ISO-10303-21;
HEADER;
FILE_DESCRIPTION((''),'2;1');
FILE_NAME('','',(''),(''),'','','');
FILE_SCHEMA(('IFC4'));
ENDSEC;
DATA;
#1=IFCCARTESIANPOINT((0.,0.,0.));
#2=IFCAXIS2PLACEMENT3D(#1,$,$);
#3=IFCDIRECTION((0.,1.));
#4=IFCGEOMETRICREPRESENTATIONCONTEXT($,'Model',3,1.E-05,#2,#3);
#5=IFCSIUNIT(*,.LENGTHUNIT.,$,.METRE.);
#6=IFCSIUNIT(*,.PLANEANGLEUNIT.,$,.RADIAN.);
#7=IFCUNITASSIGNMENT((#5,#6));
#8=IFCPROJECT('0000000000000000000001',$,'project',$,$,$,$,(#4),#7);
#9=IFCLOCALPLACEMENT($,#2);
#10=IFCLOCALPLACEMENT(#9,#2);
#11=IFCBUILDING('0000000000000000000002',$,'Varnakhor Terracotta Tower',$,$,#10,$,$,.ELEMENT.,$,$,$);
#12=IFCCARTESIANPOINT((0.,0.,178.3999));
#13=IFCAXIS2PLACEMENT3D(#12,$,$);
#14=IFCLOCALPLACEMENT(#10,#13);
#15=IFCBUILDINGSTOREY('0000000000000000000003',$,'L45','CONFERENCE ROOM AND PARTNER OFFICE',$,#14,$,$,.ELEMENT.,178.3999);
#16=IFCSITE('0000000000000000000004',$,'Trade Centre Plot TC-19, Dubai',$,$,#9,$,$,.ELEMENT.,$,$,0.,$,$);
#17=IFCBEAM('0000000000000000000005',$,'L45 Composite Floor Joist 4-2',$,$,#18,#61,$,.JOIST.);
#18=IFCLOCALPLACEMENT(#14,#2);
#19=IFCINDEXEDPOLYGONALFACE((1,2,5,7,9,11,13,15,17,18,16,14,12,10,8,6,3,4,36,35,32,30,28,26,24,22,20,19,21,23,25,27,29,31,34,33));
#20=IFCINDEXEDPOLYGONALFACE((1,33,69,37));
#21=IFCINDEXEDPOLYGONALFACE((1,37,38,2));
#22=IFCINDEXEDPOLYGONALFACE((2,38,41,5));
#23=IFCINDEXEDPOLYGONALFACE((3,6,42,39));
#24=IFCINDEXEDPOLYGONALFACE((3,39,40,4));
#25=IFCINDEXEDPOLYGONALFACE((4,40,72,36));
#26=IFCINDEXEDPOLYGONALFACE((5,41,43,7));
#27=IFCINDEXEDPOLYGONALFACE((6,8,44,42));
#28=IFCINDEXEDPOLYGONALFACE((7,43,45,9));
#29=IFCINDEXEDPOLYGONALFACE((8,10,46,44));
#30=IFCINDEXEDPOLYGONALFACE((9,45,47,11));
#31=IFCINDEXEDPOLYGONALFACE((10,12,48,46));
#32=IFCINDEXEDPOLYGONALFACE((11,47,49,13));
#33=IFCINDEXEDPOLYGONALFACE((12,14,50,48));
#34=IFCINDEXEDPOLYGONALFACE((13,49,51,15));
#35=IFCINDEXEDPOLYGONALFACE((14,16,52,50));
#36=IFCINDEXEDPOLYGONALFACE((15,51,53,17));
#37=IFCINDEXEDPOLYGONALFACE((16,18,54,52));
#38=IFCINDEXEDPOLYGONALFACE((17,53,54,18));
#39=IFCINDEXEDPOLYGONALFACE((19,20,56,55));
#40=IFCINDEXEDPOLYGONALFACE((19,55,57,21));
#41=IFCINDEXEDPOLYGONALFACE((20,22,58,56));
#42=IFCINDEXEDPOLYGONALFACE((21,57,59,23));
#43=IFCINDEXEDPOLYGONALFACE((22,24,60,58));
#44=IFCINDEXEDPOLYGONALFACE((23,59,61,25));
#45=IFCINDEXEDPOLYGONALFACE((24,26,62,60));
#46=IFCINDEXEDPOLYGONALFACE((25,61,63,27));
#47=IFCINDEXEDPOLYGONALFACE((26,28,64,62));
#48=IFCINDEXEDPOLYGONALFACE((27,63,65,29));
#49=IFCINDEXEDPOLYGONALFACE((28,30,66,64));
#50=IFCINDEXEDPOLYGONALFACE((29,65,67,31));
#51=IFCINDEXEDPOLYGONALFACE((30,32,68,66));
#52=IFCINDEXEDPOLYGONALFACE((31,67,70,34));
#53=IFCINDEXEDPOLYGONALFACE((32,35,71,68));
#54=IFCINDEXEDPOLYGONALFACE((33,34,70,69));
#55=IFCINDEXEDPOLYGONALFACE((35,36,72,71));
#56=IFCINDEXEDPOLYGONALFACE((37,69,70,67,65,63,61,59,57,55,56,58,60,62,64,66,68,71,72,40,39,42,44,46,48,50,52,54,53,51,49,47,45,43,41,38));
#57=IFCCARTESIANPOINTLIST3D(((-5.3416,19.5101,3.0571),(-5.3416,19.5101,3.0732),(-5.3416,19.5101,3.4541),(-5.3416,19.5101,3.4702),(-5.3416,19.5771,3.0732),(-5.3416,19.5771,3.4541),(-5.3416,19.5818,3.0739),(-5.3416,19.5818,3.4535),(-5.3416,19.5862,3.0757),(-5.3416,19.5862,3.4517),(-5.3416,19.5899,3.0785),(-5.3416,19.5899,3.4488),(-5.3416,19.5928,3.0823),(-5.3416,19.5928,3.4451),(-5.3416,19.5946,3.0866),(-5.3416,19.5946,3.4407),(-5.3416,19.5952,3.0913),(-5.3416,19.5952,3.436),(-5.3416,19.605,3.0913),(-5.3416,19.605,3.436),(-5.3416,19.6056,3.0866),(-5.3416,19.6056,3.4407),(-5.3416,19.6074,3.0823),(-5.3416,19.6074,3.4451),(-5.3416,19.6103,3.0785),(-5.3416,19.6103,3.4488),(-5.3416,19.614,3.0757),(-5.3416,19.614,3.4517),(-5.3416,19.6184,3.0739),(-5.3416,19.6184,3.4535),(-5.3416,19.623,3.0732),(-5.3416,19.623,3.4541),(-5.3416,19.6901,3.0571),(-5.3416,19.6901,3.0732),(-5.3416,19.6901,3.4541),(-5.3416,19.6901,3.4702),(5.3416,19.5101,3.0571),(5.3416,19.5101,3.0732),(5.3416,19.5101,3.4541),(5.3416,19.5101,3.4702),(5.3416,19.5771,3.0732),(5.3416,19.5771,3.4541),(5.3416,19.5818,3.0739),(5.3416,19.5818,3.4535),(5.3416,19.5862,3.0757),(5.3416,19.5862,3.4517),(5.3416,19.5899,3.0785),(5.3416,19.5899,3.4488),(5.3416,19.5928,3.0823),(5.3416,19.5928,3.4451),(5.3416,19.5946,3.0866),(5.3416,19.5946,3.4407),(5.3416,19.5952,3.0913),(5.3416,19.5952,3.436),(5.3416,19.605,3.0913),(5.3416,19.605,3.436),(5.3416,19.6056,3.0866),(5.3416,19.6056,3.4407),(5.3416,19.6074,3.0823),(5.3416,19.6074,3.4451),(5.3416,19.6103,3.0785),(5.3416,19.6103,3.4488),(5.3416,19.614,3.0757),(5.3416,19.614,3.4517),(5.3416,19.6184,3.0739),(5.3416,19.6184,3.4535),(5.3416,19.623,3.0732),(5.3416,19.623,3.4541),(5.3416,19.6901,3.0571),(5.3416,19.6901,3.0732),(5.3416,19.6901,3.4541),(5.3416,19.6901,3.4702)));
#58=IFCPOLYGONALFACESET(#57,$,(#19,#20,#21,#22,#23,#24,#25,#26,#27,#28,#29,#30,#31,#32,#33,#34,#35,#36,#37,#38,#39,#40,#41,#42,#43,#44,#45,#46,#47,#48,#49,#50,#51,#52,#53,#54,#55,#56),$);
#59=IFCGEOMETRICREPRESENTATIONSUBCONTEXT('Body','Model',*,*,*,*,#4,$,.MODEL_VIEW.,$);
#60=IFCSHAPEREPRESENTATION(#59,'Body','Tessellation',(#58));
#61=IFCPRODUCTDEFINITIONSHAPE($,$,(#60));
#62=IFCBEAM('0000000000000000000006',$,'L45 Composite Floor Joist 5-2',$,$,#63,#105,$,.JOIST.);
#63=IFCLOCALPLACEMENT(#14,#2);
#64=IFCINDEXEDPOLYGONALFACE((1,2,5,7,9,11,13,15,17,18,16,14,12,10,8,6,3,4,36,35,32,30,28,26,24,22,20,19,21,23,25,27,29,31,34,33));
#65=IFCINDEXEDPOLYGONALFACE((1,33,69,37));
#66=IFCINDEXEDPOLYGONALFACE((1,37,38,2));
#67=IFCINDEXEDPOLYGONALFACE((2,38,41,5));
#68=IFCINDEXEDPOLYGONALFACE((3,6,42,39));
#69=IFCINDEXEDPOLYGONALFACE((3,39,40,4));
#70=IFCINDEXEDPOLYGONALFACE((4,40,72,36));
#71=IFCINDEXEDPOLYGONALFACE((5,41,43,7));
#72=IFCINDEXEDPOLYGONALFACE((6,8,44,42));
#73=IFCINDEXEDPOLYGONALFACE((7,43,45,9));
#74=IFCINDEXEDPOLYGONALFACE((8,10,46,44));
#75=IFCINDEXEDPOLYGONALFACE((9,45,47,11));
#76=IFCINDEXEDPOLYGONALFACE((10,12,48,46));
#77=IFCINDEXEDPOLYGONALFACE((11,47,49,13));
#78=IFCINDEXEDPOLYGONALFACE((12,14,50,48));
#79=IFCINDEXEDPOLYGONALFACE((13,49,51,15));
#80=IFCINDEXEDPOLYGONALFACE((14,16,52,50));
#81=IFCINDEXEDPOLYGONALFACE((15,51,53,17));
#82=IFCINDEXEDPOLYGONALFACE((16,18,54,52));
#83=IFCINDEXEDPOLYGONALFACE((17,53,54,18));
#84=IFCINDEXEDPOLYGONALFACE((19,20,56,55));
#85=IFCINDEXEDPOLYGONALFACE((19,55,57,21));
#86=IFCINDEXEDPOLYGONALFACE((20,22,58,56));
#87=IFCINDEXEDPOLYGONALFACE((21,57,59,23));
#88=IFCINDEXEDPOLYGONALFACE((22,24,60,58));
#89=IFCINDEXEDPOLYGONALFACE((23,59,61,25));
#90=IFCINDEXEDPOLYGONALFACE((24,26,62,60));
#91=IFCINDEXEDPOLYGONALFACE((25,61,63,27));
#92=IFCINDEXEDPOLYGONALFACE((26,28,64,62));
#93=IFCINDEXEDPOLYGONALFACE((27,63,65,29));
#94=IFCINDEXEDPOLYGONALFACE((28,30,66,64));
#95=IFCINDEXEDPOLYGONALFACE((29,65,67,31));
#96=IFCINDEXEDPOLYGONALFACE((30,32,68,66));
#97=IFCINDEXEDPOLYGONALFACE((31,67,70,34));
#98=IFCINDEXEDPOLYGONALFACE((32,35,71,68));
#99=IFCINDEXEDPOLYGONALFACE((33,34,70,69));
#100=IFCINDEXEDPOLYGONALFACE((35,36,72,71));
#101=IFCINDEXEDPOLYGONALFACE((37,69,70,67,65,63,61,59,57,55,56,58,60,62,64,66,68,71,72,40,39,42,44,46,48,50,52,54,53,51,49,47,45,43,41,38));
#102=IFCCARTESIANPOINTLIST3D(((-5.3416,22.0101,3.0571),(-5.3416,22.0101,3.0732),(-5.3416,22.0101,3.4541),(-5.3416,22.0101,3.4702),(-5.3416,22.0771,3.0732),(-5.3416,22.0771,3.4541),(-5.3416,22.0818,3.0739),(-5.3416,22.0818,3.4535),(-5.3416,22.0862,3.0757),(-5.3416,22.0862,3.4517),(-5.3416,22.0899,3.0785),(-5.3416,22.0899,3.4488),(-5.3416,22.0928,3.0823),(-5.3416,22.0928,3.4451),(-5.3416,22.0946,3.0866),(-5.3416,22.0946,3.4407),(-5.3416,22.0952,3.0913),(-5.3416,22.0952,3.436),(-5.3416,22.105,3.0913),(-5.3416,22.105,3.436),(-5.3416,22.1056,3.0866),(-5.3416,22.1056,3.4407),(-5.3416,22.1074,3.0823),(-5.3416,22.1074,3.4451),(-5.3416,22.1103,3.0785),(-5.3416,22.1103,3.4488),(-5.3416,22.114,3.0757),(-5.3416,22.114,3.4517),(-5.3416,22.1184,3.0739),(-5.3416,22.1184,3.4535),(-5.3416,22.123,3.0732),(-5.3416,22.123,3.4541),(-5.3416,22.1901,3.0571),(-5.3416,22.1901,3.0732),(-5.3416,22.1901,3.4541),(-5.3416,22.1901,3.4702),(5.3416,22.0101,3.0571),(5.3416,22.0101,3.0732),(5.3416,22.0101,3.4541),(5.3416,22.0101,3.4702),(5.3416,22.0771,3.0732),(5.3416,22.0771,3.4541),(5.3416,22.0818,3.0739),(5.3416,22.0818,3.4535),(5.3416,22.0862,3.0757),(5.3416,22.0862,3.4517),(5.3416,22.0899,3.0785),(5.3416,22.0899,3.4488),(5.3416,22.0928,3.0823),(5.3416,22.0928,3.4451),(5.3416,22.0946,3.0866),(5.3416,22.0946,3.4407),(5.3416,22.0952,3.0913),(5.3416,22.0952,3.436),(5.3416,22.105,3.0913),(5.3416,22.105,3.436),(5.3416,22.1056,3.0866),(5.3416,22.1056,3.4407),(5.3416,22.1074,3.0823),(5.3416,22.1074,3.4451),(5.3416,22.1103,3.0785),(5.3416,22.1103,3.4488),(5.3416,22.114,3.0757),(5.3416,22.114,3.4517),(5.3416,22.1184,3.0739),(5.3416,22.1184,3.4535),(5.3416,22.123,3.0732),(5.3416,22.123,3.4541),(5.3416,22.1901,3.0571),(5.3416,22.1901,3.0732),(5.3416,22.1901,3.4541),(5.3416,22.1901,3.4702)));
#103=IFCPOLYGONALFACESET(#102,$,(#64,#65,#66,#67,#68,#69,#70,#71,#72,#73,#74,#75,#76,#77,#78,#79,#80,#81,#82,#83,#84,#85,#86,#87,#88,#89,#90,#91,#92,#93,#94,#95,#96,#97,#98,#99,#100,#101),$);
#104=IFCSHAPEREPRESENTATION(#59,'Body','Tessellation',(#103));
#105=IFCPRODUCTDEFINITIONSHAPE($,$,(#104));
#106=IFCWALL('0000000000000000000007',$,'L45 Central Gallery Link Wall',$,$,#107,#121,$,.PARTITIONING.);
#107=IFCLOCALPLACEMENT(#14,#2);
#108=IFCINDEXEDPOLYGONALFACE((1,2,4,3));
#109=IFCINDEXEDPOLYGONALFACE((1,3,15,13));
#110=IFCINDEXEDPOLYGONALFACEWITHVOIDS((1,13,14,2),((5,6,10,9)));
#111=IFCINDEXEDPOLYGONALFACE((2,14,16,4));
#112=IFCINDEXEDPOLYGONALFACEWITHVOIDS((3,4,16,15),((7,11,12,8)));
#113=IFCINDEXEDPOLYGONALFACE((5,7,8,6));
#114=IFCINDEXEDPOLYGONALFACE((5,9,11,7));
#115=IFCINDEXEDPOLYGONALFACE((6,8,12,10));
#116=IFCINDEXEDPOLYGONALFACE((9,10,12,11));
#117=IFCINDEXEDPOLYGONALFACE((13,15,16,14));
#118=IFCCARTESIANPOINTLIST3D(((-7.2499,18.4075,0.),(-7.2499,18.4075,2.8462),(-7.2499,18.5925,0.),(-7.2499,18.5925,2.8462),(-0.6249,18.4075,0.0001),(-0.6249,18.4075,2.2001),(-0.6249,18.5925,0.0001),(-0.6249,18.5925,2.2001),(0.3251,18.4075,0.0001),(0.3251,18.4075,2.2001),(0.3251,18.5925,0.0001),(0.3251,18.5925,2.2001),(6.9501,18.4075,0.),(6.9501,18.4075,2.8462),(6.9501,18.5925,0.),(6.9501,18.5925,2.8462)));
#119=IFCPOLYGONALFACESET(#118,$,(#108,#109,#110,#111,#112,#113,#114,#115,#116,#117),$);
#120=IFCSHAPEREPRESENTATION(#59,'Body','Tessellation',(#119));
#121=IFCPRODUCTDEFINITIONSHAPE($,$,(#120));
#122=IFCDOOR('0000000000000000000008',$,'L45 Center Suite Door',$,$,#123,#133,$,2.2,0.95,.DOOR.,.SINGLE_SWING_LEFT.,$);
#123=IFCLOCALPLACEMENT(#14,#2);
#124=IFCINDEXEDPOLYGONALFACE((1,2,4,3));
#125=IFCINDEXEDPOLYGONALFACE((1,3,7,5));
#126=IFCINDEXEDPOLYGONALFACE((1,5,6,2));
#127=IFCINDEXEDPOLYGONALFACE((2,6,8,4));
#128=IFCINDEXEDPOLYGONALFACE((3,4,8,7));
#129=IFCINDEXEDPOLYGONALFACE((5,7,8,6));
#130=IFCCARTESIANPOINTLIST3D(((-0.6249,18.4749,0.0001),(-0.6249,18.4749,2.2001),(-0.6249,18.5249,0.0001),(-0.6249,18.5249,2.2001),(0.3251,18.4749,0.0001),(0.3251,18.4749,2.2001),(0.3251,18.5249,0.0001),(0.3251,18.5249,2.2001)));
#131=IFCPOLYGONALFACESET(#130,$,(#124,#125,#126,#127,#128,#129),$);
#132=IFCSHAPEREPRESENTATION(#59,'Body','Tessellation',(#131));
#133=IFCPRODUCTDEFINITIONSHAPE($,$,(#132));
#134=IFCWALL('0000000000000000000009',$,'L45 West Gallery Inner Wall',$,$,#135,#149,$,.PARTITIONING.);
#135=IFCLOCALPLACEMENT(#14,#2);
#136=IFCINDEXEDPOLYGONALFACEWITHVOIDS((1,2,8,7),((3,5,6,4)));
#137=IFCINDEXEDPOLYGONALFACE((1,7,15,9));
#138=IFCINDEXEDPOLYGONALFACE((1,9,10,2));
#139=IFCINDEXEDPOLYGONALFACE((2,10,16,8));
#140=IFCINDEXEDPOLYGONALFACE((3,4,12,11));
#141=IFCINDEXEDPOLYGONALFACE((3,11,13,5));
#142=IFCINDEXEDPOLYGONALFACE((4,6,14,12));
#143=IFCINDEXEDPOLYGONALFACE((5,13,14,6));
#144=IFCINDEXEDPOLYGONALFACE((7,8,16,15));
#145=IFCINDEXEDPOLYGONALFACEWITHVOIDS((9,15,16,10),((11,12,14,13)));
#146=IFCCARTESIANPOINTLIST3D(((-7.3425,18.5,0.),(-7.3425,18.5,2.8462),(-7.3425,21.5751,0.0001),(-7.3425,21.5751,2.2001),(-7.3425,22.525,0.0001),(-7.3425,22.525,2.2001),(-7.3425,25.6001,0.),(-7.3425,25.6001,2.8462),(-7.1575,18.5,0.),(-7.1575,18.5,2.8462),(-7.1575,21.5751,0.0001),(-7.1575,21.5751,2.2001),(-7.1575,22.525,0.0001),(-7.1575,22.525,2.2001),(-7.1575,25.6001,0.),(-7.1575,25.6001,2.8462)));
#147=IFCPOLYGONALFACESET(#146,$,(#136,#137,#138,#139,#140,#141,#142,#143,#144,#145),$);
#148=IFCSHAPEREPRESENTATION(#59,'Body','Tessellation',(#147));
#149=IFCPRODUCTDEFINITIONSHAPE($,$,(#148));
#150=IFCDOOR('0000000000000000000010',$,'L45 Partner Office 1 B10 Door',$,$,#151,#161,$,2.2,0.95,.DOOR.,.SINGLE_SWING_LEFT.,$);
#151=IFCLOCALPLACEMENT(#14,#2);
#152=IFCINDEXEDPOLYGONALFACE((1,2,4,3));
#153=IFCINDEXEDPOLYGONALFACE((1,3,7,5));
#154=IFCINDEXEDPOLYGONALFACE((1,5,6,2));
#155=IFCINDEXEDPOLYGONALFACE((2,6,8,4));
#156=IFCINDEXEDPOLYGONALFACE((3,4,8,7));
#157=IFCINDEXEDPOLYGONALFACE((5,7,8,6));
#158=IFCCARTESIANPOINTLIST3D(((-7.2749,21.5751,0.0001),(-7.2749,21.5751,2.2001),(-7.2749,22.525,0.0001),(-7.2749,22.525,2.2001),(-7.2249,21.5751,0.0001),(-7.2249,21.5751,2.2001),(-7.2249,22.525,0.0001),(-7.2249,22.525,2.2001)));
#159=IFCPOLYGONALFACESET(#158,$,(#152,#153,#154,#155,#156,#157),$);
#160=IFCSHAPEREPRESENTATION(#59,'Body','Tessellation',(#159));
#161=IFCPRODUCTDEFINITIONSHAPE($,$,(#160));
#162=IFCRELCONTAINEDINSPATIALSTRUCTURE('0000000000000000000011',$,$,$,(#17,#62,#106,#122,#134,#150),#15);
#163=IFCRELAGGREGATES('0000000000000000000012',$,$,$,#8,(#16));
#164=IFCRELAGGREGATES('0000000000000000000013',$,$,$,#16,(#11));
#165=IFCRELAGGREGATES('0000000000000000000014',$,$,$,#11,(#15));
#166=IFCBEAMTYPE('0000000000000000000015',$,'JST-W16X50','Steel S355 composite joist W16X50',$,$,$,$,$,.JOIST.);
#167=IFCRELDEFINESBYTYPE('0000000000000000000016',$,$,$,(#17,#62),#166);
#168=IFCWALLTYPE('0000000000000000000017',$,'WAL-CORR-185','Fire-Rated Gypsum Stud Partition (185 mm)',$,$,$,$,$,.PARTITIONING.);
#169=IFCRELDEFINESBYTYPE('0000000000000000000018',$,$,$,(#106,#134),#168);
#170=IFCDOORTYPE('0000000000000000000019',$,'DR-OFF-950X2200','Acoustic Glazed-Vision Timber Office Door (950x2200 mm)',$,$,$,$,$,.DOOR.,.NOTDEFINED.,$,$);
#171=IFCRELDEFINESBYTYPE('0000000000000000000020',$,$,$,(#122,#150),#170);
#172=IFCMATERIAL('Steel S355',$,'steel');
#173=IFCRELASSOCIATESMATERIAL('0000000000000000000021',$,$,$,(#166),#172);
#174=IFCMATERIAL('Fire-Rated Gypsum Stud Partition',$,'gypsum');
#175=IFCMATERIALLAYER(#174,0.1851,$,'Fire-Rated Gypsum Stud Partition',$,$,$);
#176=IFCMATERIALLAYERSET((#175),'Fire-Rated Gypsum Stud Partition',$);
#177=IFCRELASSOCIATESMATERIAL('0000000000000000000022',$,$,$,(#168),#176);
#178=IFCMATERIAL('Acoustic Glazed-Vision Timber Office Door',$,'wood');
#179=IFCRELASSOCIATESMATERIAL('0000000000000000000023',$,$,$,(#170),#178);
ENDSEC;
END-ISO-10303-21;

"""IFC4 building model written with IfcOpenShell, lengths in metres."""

from ifc_helpers import new_model, si_unit, direction, frame, frame_2d, origin, origin_2d, place, context, subcontext, project, spatial, rectangle, i_section, extrude, source, transform, mapped, material, layer, layer_set, material_profile, profile_set, type_object, type_shapes, element, fill, save


model = new_model("IFC4")

# Units and contexts
model_context = context("Model", 3, precision=1e-05, world=origin(), true_north=direction((0.0, 1.0)))
body_context = subcontext(model_context, "Body", "Model", "MODEL_VIEW")
ifc_project = project(units=[si_unit("LENGTHUNIT", "METRE"), si_unit("PLANEANGLEUNIT", "RADIAN")], contexts=[model_context])

# Site, building, storey
site_placement = place(None, origin())
site = spatial("IfcSite", under=ifc_project, at=site_placement, Name="Trade Centre Plot TC-19, Dubai", CompositionType="ELEMENT", RefElevation=0.0)
building_placement = place(site_placement, origin())
building = spatial("IfcBuilding", under=site, at=building_placement, Name="Varnakhor Terracotta Tower", CompositionType="ELEMENT")
storey_placement = place(building_placement, frame((0.0, 0.0, 178.3999)))
storey = spatial("IfcBuildingStorey", under=building, at=storey_placement, Name="L45", Description="CONFERENCE ROOM AND PARTNER OFFICE", CompositionType="ELEMENT", Elevation=178.3999)

# Beams
ifc_material_1 = material(Name="Steel S355", Category="steel")
ifc_material_profile_1 = material_profile(ifc_material_1, i_section(OverallWidth=0.1799, OverallDepth=0.4131, WebThickness=0.0098, FlangeThickness=0.0161, FilletRadius=0.0181, at=origin_2d()), Name="W16X50")
ifc_profile_set_1 = profile_set([ifc_material_profile_1], Name="Steel S355")
beam_type_1 = type_object("IfcBeamType", Name="JST-W16X50", Description="Steel S355 composite joist W16X50", PredefinedType="JOIST", material=ifc_profile_set_1)
shared_shape_1 = source(origin(), body_context, "Body", "SweptSolid", [
    extrude(i_section(OverallWidth=0.1799, OverallDepth=0.4131, WebThickness=0.0098, FlangeThickness=0.0161, FilletRadius=0.0181, at=origin_2d()), origin(), (0.0, 0.0, 1.0), 10.6831),
])
for number, where, z_axis, x_axis, name in (
    (1, (-5.3416, 19.6001, 3.2637), (1.0, 0.0, 0.0), (0.0, 1.0, 0.0), "L45 Composite Floor Joist 4-2"),
    (2, (-5.3416, 22.1001, 3.2637), (1.0, 0.0, 0.0), (0.0, 1.0, 0.0), "L45 Composite Floor Joist 5-2"),
):
    element("IfcBeam", number, at=place(storey_placement, frame(where, z_axis=z_axis, x_axis=x_axis)), inside=storey, type_object=beam_type_1, Name=name, PredefinedType="JOIST", context=body_context, shape_type="MappedRepresentation", body=[
        mapped(shared_shape_1, transform((0.0, 0.0, 0.0), scale=1.0)),
    ])

# Walls, openings, doors
ifc_material_2 = material(Name="Fire-Rated Gypsum Stud Partition", Category="gypsum")
ifc_layer_1 = layer(ifc_material_2, 0.1851, Name="Fire-Rated Gypsum Stud Partition")
ifc_layer_set_1 = layer_set([ifc_layer_1], Name="Fire-Rated Gypsum Stud Partition")
wall_type_1 = type_object("IfcWallType", Name="WAL-CORR-185", Description="Fire-Rated Gypsum Stud Partition (185 mm)", PredefinedType="PARTITIONING", material=ifc_layer_set_1)
wall_1_placement = place(storey_placement, frame((-7.25, 18.5, 0.0), z_axis=(0.0, 0.0, 1.0), x_axis=(1.0, 0.0, 0.0)))
wall_1 = element("IfcWall", 3, at=wall_1_placement, inside=storey, type_object=wall_type_1, Name="L45 Central Gallery Link Wall", PredefinedType="PARTITIONING", context=body_context, shape_type="SweptSolid", body=[
    extrude(rectangle(XDim=14.2, YDim=0.1851, at=frame_2d((7.1001, 0.0))), origin(), (0.0, 0.0, 1.0), 2.8462),
])
opening_1_placement = place(wall_1_placement, frame((6.625, 0.0, 0.0)))
opening_1 = element("IfcOpeningElement", 4, at=opening_1_placement, cuts=wall_1, PredefinedType="OPENING", context=body_context, shape_type="SweptSolid", body=[
    extrude(rectangle(XDim=0.95, YDim=2.2, at=frame_2d((0.4751, 1.1001))), frame((0.0, 0.1025, 0.0), z_axis=(0.0, -1.0, 0.0), x_axis=(1.0, 0.0, 0.0)), (0.0, 0.0, 1.0), 0.2051),
])
ifc_material_3 = material(Name="Acoustic Glazed-Vision Timber Office Door", Category="wood")
door_type_1 = type_object("IfcDoorType", Name="DR-OFF-950X2200", Description="Acoustic Glazed-Vision Timber Office Door (950x2200 mm)", OperationType="NOTDEFINED", PredefinedType="DOOR", material=ifc_material_3)
shared_shape_2 = source(origin(), body_context, "Body", "SweptSolid", [
    extrude(rectangle(XDim=0.95, YDim=2.2, at=frame_2d((0.4751, 1.1001))), frame((0.0, 0.0249, 0.0), z_axis=(0.0, -1.0, 0.0), x_axis=(1.0, 0.0, 0.0)), (0.0, 0.0, 1.0), 0.05),
])
type_shapes(door_type_1, [shared_shape_2])
door_1_placement = place(opening_1_placement, origin())
door_1 = element("IfcDoor", 5, at=door_1_placement, inside=storey, type_object=door_type_1, Name="L45 Center Suite Door", OperationType="SINGLE_SWING_LEFT", OverallHeight=2.2, OverallWidth=0.95, PredefinedType="DOOR", context=body_context, shape_type="MappedRepresentation", body=[
    mapped(shared_shape_2, transform((0.0, 0.0, 0.0), scale=1.0)),
])
fill(opening_1, door_1)
wall_2_placement = place(storey_placement, frame((-7.25, 18.5, 0.0), z_axis=(0.0, 0.0, 1.0), x_axis=(0.0, 1.0, 0.0)))
wall_2 = element("IfcWall", 6, at=wall_2_placement, inside=storey, type_object=wall_type_1, Name="L45 West Gallery Inner Wall", PredefinedType="PARTITIONING", context=body_context, shape_type="SweptSolid", body=[
    extrude(rectangle(XDim=7.1001, YDim=0.1851, at=frame_2d((3.55, 0.0))), origin(), (0.0, 0.0, 1.0), 2.8462),
])
opening_2_placement = place(wall_2_placement, frame((3.075, 0.0, 0.0)))
opening_2 = element("IfcOpeningElement", 7, at=opening_2_placement, cuts=wall_2, PredefinedType="OPENING", context=body_context, shape_type="SweptSolid", body=[
    extrude(rectangle(XDim=0.95, YDim=2.2, at=frame_2d((0.4751, 1.1001))), frame((0.0, 0.1025, 0.0), z_axis=(0.0, -1.0, 0.0), x_axis=(1.0, 0.0, 0.0)), (0.0, 0.0, 1.0), 0.2051),
])
door_2_placement = place(opening_2_placement, origin())
door_2 = element("IfcDoor", 8, at=door_2_placement, inside=storey, type_object=door_type_1, Name="L45 Partner Office 1 B10 Door", OperationType="SINGLE_SWING_LEFT", OverallHeight=2.2, OverallWidth=0.95, PredefinedType="DOOR", context=body_context, shape_type="MappedRepresentation", body=[
    mapped(shared_shape_2, transform((0.0, 0.0, 0.0), scale=1.0)),
])
fill(opening_2, door_2)

save(model, "model.ifc")
